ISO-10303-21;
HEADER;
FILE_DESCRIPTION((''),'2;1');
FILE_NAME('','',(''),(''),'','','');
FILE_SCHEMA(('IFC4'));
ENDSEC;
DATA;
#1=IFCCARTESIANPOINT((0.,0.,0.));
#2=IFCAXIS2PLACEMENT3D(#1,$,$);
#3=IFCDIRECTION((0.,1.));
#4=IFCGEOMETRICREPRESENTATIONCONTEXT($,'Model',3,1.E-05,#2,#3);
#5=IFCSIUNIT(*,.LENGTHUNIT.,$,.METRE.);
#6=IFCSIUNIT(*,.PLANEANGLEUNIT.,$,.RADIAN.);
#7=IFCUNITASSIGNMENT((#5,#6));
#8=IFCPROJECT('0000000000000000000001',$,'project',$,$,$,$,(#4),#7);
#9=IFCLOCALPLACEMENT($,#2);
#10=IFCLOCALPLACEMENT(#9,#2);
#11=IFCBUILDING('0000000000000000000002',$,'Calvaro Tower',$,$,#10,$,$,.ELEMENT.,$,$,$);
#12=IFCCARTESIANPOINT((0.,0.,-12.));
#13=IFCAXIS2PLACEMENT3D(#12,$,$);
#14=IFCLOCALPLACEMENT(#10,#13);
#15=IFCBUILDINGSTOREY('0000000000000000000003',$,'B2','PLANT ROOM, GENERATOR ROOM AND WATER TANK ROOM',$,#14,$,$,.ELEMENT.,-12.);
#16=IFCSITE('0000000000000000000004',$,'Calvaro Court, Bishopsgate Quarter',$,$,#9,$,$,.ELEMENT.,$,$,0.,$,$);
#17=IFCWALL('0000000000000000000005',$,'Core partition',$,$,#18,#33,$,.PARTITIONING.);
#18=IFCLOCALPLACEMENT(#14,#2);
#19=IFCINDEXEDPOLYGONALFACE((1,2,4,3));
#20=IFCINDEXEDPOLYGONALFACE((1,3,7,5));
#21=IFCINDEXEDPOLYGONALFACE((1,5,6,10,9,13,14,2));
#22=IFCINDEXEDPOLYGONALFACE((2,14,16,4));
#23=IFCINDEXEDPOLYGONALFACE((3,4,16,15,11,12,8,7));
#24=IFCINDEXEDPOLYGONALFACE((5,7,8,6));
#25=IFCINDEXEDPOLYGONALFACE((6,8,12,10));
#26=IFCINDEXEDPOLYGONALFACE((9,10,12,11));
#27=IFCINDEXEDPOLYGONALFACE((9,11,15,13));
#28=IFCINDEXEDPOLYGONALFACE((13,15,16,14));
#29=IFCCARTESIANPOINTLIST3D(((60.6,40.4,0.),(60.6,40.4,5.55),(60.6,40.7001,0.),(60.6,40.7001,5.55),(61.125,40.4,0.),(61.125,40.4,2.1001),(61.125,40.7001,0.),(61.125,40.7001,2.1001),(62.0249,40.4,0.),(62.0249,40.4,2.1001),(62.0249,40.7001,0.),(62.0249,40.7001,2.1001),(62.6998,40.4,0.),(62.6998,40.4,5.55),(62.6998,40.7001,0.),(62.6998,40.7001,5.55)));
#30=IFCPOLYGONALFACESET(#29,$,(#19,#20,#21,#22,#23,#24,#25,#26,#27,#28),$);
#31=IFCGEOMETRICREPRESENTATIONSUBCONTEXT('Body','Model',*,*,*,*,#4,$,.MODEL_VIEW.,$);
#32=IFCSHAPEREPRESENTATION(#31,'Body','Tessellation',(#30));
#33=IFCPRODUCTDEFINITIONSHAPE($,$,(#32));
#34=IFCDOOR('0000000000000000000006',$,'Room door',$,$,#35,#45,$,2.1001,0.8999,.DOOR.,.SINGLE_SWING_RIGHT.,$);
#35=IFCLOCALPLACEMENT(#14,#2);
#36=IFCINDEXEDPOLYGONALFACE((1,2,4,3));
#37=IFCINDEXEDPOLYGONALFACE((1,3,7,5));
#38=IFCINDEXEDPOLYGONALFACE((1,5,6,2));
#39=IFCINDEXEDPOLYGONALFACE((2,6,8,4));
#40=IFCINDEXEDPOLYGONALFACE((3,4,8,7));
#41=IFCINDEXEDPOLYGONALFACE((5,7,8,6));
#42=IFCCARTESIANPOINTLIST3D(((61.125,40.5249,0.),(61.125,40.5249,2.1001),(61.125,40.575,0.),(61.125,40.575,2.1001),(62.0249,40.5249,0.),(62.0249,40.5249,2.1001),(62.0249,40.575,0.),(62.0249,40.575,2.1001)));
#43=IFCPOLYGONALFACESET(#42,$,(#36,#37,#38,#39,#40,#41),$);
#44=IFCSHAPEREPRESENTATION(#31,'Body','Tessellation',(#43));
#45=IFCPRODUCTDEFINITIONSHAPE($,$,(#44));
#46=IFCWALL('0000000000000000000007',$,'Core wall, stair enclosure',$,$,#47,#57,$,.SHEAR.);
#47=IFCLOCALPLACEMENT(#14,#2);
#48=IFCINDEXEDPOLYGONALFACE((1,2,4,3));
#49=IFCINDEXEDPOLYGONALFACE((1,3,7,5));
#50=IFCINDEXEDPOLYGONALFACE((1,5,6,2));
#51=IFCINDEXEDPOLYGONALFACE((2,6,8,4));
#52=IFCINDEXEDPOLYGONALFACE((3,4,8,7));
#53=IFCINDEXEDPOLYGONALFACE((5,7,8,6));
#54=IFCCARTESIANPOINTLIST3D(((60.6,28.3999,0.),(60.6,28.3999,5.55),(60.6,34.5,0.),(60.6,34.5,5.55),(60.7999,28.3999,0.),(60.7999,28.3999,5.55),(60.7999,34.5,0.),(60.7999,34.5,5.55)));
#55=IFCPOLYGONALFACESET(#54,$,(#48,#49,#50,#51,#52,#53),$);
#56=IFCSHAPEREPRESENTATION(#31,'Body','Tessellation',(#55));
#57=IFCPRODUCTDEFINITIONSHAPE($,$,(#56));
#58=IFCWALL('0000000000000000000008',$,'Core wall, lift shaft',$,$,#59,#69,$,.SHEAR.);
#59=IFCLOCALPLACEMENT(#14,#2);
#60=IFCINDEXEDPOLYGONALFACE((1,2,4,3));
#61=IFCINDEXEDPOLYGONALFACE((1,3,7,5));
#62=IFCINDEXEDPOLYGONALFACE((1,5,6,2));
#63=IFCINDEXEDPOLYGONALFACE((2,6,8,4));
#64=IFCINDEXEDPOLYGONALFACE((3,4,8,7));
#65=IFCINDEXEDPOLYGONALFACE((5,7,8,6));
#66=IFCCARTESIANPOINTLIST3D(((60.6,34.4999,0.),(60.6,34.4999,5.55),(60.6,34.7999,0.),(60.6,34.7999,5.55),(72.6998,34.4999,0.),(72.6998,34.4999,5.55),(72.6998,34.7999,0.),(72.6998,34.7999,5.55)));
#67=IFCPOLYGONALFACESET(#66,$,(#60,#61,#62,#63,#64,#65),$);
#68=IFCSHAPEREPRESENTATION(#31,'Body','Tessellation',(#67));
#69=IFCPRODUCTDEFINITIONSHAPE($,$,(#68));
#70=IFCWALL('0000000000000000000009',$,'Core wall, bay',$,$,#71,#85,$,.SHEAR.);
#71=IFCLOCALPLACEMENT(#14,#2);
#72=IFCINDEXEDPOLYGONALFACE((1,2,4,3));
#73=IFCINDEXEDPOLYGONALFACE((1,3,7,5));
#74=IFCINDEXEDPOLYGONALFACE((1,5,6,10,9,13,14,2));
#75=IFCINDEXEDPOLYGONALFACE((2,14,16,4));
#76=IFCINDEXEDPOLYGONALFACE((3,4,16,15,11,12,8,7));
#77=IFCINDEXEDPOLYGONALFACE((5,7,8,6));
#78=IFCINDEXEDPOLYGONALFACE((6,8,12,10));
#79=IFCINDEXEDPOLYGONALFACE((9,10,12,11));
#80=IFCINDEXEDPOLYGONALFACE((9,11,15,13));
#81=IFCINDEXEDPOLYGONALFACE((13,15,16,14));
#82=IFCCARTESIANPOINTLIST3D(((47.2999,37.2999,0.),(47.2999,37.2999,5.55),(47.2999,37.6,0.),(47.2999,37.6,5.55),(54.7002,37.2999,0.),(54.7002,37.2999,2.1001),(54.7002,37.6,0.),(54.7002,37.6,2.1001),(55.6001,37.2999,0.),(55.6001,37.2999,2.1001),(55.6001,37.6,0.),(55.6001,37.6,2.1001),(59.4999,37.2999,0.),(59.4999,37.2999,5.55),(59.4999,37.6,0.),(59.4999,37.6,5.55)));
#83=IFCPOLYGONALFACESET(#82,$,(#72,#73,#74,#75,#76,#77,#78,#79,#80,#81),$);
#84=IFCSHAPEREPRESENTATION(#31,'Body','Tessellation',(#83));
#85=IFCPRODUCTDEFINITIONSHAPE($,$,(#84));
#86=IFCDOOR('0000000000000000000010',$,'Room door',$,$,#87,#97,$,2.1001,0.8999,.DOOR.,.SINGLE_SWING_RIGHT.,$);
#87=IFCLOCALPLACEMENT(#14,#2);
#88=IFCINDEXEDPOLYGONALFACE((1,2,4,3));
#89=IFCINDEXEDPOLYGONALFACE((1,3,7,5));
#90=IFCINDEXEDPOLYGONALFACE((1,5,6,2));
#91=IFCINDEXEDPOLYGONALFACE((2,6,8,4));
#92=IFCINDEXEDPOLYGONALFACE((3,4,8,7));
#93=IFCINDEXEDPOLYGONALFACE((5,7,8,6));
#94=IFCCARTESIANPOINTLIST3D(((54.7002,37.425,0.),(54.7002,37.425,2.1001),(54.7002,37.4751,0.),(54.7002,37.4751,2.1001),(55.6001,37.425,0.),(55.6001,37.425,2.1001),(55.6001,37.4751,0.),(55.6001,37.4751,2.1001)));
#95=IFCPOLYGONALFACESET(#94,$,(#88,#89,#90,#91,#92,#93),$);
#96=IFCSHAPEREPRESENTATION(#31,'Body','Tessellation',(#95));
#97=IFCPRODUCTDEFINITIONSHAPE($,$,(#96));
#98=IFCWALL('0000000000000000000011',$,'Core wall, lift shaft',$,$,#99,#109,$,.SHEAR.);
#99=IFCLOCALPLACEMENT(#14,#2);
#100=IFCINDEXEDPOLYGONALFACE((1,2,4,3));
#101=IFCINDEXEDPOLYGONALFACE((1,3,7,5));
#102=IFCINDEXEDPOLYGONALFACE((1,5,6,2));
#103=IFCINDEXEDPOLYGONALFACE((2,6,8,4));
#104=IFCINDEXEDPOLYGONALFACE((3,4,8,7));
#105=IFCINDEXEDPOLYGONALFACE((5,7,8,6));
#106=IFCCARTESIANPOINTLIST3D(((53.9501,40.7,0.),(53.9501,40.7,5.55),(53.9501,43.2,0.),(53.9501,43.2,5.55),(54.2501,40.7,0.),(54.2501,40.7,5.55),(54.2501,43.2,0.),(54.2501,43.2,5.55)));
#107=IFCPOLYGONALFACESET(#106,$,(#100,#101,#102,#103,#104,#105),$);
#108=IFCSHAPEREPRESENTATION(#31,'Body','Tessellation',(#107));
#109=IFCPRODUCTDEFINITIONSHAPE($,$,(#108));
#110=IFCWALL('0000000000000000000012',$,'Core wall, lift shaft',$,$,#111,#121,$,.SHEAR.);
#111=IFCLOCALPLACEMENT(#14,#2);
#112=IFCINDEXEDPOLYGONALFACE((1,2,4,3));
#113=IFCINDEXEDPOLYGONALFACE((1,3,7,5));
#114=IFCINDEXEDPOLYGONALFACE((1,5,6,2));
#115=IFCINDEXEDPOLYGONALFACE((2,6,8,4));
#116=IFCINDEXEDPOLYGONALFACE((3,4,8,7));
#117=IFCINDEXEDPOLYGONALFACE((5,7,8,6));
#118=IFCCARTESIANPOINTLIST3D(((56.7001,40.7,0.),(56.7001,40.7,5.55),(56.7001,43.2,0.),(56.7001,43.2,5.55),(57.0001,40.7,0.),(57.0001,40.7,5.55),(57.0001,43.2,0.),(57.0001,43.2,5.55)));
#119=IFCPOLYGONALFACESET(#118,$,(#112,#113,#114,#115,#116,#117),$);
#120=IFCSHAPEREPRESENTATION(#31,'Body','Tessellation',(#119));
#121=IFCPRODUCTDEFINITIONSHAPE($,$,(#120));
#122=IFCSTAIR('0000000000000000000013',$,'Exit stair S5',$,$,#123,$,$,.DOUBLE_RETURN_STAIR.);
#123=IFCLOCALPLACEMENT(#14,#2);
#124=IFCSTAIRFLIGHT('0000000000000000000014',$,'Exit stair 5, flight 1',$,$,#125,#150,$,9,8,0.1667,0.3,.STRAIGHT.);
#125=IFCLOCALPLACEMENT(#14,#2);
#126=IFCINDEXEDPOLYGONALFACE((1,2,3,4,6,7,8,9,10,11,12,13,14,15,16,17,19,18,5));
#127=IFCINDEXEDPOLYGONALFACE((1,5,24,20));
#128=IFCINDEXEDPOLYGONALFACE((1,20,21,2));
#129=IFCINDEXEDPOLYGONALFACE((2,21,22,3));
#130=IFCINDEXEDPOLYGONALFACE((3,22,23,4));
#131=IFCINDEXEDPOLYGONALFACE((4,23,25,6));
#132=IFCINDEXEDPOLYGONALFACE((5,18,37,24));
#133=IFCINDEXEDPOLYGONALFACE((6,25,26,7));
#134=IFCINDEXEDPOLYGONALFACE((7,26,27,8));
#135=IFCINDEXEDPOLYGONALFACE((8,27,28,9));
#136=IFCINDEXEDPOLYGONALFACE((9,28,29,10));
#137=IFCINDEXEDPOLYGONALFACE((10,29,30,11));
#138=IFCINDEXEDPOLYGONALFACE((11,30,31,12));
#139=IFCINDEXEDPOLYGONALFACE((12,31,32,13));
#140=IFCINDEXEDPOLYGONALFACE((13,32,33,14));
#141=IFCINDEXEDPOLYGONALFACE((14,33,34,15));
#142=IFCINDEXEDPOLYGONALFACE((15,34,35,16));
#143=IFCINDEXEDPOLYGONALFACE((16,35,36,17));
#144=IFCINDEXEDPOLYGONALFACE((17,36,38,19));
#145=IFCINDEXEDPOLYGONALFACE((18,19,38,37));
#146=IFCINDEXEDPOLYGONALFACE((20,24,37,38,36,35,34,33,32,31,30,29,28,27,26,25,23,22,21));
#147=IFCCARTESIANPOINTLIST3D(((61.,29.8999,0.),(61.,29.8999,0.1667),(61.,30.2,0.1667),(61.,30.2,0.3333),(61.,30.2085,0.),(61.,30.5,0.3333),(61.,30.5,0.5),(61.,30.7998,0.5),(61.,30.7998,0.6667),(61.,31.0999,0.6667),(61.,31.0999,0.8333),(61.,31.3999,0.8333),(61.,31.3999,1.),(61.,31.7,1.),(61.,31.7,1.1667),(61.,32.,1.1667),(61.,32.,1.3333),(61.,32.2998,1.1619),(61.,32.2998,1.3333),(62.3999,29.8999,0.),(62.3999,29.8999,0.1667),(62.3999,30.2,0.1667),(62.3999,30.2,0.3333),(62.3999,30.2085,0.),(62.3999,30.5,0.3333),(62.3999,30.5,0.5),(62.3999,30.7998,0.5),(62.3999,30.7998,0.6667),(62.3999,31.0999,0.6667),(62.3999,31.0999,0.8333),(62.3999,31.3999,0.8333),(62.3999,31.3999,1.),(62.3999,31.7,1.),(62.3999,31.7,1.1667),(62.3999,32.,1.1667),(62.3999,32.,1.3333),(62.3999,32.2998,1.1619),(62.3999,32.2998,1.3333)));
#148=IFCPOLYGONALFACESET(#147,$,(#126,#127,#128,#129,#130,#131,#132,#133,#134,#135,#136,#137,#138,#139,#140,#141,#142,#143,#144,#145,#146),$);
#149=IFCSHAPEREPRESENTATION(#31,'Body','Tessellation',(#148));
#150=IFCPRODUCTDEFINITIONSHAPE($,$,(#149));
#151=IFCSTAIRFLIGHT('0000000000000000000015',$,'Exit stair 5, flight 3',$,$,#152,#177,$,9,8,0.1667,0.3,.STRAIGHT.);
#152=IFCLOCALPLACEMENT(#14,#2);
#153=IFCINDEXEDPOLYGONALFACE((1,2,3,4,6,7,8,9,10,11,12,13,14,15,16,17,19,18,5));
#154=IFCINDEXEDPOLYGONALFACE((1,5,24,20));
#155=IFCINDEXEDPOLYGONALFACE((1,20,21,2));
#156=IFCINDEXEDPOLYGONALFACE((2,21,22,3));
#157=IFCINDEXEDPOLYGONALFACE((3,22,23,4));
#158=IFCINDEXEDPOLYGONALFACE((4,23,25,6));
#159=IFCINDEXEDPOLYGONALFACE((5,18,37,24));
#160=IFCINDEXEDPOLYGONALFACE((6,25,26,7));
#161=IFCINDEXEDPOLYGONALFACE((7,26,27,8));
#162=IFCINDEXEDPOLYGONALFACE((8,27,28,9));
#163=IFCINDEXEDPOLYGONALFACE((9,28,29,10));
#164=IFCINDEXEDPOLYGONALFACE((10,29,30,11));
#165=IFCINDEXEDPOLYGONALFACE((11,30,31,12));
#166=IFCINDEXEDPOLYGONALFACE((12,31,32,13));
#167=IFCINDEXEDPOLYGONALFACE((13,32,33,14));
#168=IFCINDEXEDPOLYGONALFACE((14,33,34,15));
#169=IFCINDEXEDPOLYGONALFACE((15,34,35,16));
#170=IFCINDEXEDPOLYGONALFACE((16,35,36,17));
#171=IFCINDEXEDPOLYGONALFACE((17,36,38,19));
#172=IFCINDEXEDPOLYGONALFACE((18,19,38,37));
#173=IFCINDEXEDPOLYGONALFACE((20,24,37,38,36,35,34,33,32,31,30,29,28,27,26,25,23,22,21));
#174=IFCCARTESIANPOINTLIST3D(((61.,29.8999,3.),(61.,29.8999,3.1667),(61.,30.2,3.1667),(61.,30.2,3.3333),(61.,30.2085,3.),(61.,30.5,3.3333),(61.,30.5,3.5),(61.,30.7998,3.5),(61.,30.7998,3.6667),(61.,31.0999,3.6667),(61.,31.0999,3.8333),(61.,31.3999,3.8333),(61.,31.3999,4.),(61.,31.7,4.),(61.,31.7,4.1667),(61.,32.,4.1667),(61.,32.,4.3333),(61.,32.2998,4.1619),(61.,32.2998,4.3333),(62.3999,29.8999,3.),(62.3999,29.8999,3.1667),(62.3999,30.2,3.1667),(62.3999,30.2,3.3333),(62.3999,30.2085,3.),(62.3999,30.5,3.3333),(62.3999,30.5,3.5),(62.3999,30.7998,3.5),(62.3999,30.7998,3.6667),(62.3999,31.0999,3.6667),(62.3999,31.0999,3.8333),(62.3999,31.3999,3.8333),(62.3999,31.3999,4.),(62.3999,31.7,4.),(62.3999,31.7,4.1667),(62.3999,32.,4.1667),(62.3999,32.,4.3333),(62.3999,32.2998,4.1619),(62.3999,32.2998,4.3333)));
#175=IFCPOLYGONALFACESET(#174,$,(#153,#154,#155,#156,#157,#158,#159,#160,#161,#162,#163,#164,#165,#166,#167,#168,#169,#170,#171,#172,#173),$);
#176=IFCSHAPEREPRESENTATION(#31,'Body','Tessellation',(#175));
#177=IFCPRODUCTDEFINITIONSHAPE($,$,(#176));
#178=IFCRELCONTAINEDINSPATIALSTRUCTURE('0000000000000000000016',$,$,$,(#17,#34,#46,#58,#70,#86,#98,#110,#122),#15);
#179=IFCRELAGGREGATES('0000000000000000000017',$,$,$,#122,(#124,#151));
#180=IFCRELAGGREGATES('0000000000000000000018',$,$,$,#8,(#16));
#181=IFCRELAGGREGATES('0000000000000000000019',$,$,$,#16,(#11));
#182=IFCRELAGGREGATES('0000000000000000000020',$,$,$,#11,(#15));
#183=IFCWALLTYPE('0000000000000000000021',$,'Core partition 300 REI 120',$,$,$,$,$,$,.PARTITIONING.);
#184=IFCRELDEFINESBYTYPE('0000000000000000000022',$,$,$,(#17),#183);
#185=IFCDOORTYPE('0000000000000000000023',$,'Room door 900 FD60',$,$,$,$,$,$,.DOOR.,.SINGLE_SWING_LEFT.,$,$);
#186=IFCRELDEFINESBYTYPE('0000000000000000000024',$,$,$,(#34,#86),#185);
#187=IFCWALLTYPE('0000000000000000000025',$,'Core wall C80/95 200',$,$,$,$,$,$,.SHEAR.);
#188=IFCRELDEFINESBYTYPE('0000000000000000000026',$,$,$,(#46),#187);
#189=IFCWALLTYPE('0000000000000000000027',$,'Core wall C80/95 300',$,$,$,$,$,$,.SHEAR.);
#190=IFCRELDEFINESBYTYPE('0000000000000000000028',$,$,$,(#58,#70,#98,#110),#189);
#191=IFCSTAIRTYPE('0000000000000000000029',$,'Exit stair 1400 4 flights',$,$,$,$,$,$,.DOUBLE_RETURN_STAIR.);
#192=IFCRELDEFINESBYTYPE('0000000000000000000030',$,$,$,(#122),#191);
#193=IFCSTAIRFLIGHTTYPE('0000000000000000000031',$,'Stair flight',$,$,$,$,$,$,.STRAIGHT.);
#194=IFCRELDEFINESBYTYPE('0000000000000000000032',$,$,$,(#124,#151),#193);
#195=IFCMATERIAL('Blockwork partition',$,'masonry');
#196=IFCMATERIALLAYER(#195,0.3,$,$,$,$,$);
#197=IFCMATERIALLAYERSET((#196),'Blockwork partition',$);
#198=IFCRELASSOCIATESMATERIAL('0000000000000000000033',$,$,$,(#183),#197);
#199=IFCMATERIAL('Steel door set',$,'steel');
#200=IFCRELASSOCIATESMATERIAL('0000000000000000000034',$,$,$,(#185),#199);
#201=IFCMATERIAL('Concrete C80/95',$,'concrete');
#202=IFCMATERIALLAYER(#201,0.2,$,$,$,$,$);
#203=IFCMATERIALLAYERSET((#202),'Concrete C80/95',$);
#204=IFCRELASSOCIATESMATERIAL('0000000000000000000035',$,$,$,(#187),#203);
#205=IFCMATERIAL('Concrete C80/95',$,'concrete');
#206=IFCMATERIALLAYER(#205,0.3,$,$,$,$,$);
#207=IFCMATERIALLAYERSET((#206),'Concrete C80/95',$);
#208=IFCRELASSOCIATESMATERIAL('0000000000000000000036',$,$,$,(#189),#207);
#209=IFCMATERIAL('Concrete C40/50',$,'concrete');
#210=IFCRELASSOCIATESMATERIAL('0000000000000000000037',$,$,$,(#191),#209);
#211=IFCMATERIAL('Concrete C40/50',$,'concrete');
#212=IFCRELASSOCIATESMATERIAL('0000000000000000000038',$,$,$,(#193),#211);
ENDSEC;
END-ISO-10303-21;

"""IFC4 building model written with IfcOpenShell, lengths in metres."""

from ifc_helpers import new_model, si_unit, direction, frame, frame_2d, origin, place, context, subcontext, project, spatial, polyline, rectangle, outline, extrude, material, layer, layer_set, type_object, element, fill, aggregate, save


model = new_model("IFC4")

# Units and contexts
model_context = context("Model", 3, precision=1e-05, world=origin(), true_north=direction((0.0, 1.0)))
body_context = subcontext(model_context, "Body", "Model", "MODEL_VIEW")
ifc_project = project(units=[si_unit("LENGTHUNIT", "METRE"), si_unit("PLANEANGLEUNIT", "RADIAN")], contexts=[model_context])

# Site, building, storey
site_placement = place(None, origin())
site = spatial("IfcSite", under=ifc_project, at=site_placement, Name="Calvaro Court, Bishopsgate Quarter", CompositionType="ELEMENT", RefElevation=0.0)
building_placement = place(site_placement, origin())
building = spatial("IfcBuilding", under=site, at=building_placement, Name="Calvaro Tower", CompositionType="ELEMENT")
storey_placement = place(building_placement, frame((0.0, 0.0, -12.0)))
storey = spatial("IfcBuildingStorey", under=building, at=storey_placement, Name="B2", Description="PLANT ROOM, GENERATOR ROOM AND WATER TANK ROOM", CompositionType="ELEMENT", Elevation=-12.0)

# Wall, opening, door
ifc_material_1 = material(Name="Blockwork partition", Category="masonry")
ifc_layer_1 = layer(ifc_material_1, 0.3)
ifc_layer_set_1 = layer_set([ifc_layer_1], Name="Blockwork partition")
wall_type_1 = type_object("IfcWallType", Name="Core partition 300 REI 120", PredefinedType="PARTITIONING", material=ifc_layer_set_1)
wall_1_placement = place(storey_placement, frame((60.6001, 40.55, 0.0), z_axis=(0.0, 0.0, 1.0), x_axis=(1.0, 0.0, 0.0)))
wall_1 = element("IfcWall", 1, at=wall_1_placement, inside=storey, type_object=wall_type_1, Name="Core partition", PredefinedType="PARTITIONING", context=body_context, shape_type="SweptSolid", body=[
    extrude(rectangle(XDim=2.0999, YDim=0.3, at=frame_2d((1.0498, 0.0))), origin(), (0.0, 0.0, 1.0), 5.55),
])
opening_1_placement = place(wall_1_placement, frame((0.5249, 0.0, 0.0)))
opening_1 = element("IfcOpeningElement", 2, at=opening_1_placement, cuts=wall_1, PredefinedType="OPENING", context=body_context, shape_type="SweptSolid", body=[
    extrude(rectangle(XDim=0.8999, YDim=2.1001, at=frame_2d((0.45, 1.05))), frame((0.0, 0.1599, 0.0), z_axis=(0.0, -1.0, 0.0), x_axis=(1.0, 0.0, 0.0)), (0.0, 0.0, 1.0), 0.3201),
])
ifc_material_2 = material(Name="Steel door set", Category="steel")
door_type = type_object("IfcDoorType", Name="Room door 900 FD60", OperationType="SINGLE_SWING_LEFT", PredefinedType="DOOR", material=ifc_material_2)
door_1_placement = place(opening_1_placement, origin())
door_1 = element("IfcDoor", 3, at=door_1_placement, inside=storey, type_object=door_type, Name="Room door", OperationType="SINGLE_SWING_RIGHT", OverallHeight=2.1001, OverallWidth=0.8999, PredefinedType="DOOR", context=body_context, shape_type="SweptSolid", body=[
    extrude(rectangle(XDim=0.8999, YDim=2.1001, at=frame_2d((0.45, 1.05))), frame((0.0, 0.0249, 0.0), z_axis=(0.0, -1.0, 0.0), x_axis=(1.0, 0.0, 0.0)), (0.0, 0.0, 1.0), 0.05),
])
fill(opening_1, door_1)

# Walls
ifc_material_3 = material(Name="Concrete C80/95", Category="concrete")
ifc_layer_2 = layer(ifc_material_3, 0.2)
ifc_layer_set_2 = layer_set([ifc_layer_2], Name="Concrete C80/95")
wall_type_2 = type_object("IfcWallType", Name="Core wall C80/95 200", PredefinedType="SHEAR", material=ifc_layer_set_2)
wall_2_placement = place(storey_placement, frame((60.7, 28.3999, 0.0), z_axis=(0.0, 0.0, 1.0), x_axis=(0.0, 1.0, 0.0)))
element("IfcWall", 4, at=wall_2_placement, inside=storey, type_object=wall_type_2, Name="Core wall, stair enclosure", PredefinedType="SHEAR", context=body_context, shape_type="SweptSolid", body=[
    extrude(rectangle(XDim=6.1001, YDim=0.2, at=frame_2d((3.05, 0.0))), origin(), (0.0, 0.0, 1.0), 5.55),
])
ifc_material_4 = material(Name="Concrete C80/95", Category="concrete")
ifc_layer_3 = layer(ifc_material_4, 0.3)
ifc_layer_set_3 = layer_set([ifc_layer_3], Name="Concrete C80/95")
wall_type_3 = type_object("IfcWallType", Name="Core wall C80/95 300", PredefinedType="SHEAR", material=ifc_layer_set_3)
wall_3_placement = place(storey_placement, frame((60.6001, 34.6499, 0.0), z_axis=(0.0, 0.0, 1.0), x_axis=(1.0, 0.0, 0.0)))
element("IfcWall", 5, at=wall_3_placement, inside=storey, type_object=wall_type_3, Name="Core wall, lift shaft", PredefinedType="SHEAR", context=body_context, shape_type="SweptSolid", body=[
    extrude(rectangle(XDim=12.0999, YDim=0.3, at=frame_2d((6.0498, 0.0))), origin(), (0.0, 0.0, 1.0), 5.55),
])

# Wall, opening, door
wall_4_placement = place(storey_placement, frame((59.5, 37.45, 0.0), z_axis=(0.0, 0.0, 1.0), x_axis=(-1.0, 0.0, 0.0)))
wall_4 = element("IfcWall", 6, at=wall_4_placement, inside=storey, type_object=wall_type_3, Name="Core wall, bay", PredefinedType="SHEAR", context=body_context, shape_type="SweptSolid", body=[
    extrude(rectangle(XDim=12.2, YDim=0.3, at=frame_2d((6.1001, 0.0))), origin(), (0.0, 0.0, 1.0), 5.55),
])
opening_2_placement = place(wall_4_placement, frame((3.8999, 0.0, 0.0)))
opening_2 = element("IfcOpeningElement", 7, at=opening_2_placement, cuts=wall_4, PredefinedType="OPENING", context=body_context, shape_type="SweptSolid", body=[
    extrude(rectangle(XDim=0.8999, YDim=2.1001, at=frame_2d((0.45, 1.05))), frame((0.0, 0.1599, 0.0), z_axis=(0.0, -1.0, 0.0), x_axis=(1.0, 0.0, 0.0)), (0.0, 0.0, 1.0), 0.3201),
])
door_2_placement = place(opening_2_placement, origin())
door_2 = element("IfcDoor", 8, at=door_2_placement, inside=storey, type_object=door_type, Name="Room door", OperationType="SINGLE_SWING_RIGHT", OverallHeight=2.1001, OverallWidth=0.8999, PredefinedType="DOOR", context=body_context, shape_type="SweptSolid", body=[
    extrude(rectangle(XDim=0.8999, YDim=2.1001, at=frame_2d((0.45, 1.05))), frame((0.0, 0.0249, 0.0), z_axis=(0.0, -1.0, 0.0), x_axis=(1.0, 0.0, 0.0)), (0.0, 0.0, 1.0), 0.05),
])
fill(opening_2, door_2)

# Walls
for number, where, z_axis, x_axis, name in (
    (9, (54.1001, 40.7, 0.0), (0.0, 0.0, 1.0), (0.0, 1.0, 0.0), "Core wall, lift shaft"),
    (10, (56.8501, 40.7, 0.0), (0.0, 0.0, 1.0), (0.0, 1.0, 0.0), "Core wall, lift shaft"),
):
    element("IfcWall", number, at=place(storey_placement, frame(where, z_axis=z_axis, x_axis=x_axis)), inside=storey, type_object=wall_type_3, Name=name, PredefinedType="SHEAR", context=body_context, shape_type="SweptSolid", body=[
        extrude(rectangle(XDim=2.5, YDim=0.3, at=frame_2d((1.25, 0.0))), origin(), (0.0, 0.0, 1.0), 5.55),
    ])

# Stair, stair flights
ifc_material_5 = material(Name="Concrete C40/50", Category="concrete")
stair_type = type_object("IfcStairType", Name="Exit stair 1400 4 flights", PredefinedType="DOUBLE_RETURN_STAIR", material=ifc_material_5)
stair_1_placement = place(storey_placement, origin())
stair_1 = element("IfcStair", 11, at=stair_1_placement, inside=storey, type_object=stair_type, Name="Exit stair S5", PredefinedType="DOUBLE_RETURN_STAIR")
ifc_material_6 = material(Name="Concrete C40/50", Category="concrete")
stair_flight_type = type_object("IfcStairFlightType", Name="Stair flight", PredefinedType="STRAIGHT", material=ifc_material_6)
stair_flight_1_placement = place(storey_placement, frame((61.7, 29.8999, 0.0), z_axis=(0.0, 0.0, 1.0), x_axis=(0.0, 1.0, 0.0)))
stair_flight_1 = element("IfcStairFlight", 12, at=stair_flight_1_placement, type_object=stair_flight_type, Name="Exit stair 5, flight 1", NumberOfRisers=9, NumberOfTreads=8, PredefinedType="STRAIGHT", RiserHeight=0.1667, TreadLength=0.3, context=body_context, shape_type="SweptSolid", body=[
    extrude(outline(polyline([(0.0, 0.0), (0.0, 0.1667), (0.3, 0.1667), (0.3, 0.3333), (0.6001, 0.3333), (0.6001, 0.5), (0.8999, 0.5), (0.8999, 0.6667), (1.2, 0.6667), (1.2, 0.8333), (1.5, 0.8333), (1.5, 1.0), (1.8, 1.0), (1.8, 1.1667), (2.1001, 1.1667), (2.1001, 1.3333), (2.3999, 1.3333), (2.3999, 1.5), (2.3999, 1.1619), (0.3086, 0.0), (0.0, 0.0)])), frame((0.0, 0.7, 0.0), z_axis=(0.0, -1.0, 0.0), x_axis=(1.0, 0.0, 0.0)), (0.0, 0.0, 1.0), 1.3999),
])
stair_flight_2_placement = place(storey_placement, frame((61.7, 29.8999, 3.0), z_axis=(0.0, 0.0, 1.0), x_axis=(0.0, 1.0, 0.0)))
stair_flight_2 = element("IfcStairFlight", 13, at=stair_flight_2_placement, type_object=stair_flight_type, Name="Exit stair 5, flight 3", NumberOfRisers=9, NumberOfTreads=8, PredefinedType="STRAIGHT", RiserHeight=0.1667, TreadLength=0.3, context=body_context, shape_type="SweptSolid", body=[
    extrude(outline(polyline([(0.0, 0.0), (0.0, 0.1667), (0.3, 0.1667), (0.3, 0.3333), (0.6001, 0.3333), (0.6001, 0.5), (0.8999, 0.5), (0.8999, 0.6667), (1.2, 0.6667), (1.2, 0.8333), (1.5, 0.8333), (1.5, 1.0), (1.8, 1.0), (1.8, 1.1667), (2.1001, 1.1667), (2.1001, 1.3333), (2.3999, 1.3333), (2.3999, 1.5), (2.3999, 1.1619), (0.3086, 0.0), (0.0, 0.0)])), frame((0.0, 0.7, 0.0), z_axis=(0.0, -1.0, 0.0), x_axis=(1.0, 0.0, 0.0)), (0.0, 0.0, 1.0), 1.3999),
])

aggregate(stair_1, [stair_flight_1, stair_flight_2])

save(model, "model.ifc")
